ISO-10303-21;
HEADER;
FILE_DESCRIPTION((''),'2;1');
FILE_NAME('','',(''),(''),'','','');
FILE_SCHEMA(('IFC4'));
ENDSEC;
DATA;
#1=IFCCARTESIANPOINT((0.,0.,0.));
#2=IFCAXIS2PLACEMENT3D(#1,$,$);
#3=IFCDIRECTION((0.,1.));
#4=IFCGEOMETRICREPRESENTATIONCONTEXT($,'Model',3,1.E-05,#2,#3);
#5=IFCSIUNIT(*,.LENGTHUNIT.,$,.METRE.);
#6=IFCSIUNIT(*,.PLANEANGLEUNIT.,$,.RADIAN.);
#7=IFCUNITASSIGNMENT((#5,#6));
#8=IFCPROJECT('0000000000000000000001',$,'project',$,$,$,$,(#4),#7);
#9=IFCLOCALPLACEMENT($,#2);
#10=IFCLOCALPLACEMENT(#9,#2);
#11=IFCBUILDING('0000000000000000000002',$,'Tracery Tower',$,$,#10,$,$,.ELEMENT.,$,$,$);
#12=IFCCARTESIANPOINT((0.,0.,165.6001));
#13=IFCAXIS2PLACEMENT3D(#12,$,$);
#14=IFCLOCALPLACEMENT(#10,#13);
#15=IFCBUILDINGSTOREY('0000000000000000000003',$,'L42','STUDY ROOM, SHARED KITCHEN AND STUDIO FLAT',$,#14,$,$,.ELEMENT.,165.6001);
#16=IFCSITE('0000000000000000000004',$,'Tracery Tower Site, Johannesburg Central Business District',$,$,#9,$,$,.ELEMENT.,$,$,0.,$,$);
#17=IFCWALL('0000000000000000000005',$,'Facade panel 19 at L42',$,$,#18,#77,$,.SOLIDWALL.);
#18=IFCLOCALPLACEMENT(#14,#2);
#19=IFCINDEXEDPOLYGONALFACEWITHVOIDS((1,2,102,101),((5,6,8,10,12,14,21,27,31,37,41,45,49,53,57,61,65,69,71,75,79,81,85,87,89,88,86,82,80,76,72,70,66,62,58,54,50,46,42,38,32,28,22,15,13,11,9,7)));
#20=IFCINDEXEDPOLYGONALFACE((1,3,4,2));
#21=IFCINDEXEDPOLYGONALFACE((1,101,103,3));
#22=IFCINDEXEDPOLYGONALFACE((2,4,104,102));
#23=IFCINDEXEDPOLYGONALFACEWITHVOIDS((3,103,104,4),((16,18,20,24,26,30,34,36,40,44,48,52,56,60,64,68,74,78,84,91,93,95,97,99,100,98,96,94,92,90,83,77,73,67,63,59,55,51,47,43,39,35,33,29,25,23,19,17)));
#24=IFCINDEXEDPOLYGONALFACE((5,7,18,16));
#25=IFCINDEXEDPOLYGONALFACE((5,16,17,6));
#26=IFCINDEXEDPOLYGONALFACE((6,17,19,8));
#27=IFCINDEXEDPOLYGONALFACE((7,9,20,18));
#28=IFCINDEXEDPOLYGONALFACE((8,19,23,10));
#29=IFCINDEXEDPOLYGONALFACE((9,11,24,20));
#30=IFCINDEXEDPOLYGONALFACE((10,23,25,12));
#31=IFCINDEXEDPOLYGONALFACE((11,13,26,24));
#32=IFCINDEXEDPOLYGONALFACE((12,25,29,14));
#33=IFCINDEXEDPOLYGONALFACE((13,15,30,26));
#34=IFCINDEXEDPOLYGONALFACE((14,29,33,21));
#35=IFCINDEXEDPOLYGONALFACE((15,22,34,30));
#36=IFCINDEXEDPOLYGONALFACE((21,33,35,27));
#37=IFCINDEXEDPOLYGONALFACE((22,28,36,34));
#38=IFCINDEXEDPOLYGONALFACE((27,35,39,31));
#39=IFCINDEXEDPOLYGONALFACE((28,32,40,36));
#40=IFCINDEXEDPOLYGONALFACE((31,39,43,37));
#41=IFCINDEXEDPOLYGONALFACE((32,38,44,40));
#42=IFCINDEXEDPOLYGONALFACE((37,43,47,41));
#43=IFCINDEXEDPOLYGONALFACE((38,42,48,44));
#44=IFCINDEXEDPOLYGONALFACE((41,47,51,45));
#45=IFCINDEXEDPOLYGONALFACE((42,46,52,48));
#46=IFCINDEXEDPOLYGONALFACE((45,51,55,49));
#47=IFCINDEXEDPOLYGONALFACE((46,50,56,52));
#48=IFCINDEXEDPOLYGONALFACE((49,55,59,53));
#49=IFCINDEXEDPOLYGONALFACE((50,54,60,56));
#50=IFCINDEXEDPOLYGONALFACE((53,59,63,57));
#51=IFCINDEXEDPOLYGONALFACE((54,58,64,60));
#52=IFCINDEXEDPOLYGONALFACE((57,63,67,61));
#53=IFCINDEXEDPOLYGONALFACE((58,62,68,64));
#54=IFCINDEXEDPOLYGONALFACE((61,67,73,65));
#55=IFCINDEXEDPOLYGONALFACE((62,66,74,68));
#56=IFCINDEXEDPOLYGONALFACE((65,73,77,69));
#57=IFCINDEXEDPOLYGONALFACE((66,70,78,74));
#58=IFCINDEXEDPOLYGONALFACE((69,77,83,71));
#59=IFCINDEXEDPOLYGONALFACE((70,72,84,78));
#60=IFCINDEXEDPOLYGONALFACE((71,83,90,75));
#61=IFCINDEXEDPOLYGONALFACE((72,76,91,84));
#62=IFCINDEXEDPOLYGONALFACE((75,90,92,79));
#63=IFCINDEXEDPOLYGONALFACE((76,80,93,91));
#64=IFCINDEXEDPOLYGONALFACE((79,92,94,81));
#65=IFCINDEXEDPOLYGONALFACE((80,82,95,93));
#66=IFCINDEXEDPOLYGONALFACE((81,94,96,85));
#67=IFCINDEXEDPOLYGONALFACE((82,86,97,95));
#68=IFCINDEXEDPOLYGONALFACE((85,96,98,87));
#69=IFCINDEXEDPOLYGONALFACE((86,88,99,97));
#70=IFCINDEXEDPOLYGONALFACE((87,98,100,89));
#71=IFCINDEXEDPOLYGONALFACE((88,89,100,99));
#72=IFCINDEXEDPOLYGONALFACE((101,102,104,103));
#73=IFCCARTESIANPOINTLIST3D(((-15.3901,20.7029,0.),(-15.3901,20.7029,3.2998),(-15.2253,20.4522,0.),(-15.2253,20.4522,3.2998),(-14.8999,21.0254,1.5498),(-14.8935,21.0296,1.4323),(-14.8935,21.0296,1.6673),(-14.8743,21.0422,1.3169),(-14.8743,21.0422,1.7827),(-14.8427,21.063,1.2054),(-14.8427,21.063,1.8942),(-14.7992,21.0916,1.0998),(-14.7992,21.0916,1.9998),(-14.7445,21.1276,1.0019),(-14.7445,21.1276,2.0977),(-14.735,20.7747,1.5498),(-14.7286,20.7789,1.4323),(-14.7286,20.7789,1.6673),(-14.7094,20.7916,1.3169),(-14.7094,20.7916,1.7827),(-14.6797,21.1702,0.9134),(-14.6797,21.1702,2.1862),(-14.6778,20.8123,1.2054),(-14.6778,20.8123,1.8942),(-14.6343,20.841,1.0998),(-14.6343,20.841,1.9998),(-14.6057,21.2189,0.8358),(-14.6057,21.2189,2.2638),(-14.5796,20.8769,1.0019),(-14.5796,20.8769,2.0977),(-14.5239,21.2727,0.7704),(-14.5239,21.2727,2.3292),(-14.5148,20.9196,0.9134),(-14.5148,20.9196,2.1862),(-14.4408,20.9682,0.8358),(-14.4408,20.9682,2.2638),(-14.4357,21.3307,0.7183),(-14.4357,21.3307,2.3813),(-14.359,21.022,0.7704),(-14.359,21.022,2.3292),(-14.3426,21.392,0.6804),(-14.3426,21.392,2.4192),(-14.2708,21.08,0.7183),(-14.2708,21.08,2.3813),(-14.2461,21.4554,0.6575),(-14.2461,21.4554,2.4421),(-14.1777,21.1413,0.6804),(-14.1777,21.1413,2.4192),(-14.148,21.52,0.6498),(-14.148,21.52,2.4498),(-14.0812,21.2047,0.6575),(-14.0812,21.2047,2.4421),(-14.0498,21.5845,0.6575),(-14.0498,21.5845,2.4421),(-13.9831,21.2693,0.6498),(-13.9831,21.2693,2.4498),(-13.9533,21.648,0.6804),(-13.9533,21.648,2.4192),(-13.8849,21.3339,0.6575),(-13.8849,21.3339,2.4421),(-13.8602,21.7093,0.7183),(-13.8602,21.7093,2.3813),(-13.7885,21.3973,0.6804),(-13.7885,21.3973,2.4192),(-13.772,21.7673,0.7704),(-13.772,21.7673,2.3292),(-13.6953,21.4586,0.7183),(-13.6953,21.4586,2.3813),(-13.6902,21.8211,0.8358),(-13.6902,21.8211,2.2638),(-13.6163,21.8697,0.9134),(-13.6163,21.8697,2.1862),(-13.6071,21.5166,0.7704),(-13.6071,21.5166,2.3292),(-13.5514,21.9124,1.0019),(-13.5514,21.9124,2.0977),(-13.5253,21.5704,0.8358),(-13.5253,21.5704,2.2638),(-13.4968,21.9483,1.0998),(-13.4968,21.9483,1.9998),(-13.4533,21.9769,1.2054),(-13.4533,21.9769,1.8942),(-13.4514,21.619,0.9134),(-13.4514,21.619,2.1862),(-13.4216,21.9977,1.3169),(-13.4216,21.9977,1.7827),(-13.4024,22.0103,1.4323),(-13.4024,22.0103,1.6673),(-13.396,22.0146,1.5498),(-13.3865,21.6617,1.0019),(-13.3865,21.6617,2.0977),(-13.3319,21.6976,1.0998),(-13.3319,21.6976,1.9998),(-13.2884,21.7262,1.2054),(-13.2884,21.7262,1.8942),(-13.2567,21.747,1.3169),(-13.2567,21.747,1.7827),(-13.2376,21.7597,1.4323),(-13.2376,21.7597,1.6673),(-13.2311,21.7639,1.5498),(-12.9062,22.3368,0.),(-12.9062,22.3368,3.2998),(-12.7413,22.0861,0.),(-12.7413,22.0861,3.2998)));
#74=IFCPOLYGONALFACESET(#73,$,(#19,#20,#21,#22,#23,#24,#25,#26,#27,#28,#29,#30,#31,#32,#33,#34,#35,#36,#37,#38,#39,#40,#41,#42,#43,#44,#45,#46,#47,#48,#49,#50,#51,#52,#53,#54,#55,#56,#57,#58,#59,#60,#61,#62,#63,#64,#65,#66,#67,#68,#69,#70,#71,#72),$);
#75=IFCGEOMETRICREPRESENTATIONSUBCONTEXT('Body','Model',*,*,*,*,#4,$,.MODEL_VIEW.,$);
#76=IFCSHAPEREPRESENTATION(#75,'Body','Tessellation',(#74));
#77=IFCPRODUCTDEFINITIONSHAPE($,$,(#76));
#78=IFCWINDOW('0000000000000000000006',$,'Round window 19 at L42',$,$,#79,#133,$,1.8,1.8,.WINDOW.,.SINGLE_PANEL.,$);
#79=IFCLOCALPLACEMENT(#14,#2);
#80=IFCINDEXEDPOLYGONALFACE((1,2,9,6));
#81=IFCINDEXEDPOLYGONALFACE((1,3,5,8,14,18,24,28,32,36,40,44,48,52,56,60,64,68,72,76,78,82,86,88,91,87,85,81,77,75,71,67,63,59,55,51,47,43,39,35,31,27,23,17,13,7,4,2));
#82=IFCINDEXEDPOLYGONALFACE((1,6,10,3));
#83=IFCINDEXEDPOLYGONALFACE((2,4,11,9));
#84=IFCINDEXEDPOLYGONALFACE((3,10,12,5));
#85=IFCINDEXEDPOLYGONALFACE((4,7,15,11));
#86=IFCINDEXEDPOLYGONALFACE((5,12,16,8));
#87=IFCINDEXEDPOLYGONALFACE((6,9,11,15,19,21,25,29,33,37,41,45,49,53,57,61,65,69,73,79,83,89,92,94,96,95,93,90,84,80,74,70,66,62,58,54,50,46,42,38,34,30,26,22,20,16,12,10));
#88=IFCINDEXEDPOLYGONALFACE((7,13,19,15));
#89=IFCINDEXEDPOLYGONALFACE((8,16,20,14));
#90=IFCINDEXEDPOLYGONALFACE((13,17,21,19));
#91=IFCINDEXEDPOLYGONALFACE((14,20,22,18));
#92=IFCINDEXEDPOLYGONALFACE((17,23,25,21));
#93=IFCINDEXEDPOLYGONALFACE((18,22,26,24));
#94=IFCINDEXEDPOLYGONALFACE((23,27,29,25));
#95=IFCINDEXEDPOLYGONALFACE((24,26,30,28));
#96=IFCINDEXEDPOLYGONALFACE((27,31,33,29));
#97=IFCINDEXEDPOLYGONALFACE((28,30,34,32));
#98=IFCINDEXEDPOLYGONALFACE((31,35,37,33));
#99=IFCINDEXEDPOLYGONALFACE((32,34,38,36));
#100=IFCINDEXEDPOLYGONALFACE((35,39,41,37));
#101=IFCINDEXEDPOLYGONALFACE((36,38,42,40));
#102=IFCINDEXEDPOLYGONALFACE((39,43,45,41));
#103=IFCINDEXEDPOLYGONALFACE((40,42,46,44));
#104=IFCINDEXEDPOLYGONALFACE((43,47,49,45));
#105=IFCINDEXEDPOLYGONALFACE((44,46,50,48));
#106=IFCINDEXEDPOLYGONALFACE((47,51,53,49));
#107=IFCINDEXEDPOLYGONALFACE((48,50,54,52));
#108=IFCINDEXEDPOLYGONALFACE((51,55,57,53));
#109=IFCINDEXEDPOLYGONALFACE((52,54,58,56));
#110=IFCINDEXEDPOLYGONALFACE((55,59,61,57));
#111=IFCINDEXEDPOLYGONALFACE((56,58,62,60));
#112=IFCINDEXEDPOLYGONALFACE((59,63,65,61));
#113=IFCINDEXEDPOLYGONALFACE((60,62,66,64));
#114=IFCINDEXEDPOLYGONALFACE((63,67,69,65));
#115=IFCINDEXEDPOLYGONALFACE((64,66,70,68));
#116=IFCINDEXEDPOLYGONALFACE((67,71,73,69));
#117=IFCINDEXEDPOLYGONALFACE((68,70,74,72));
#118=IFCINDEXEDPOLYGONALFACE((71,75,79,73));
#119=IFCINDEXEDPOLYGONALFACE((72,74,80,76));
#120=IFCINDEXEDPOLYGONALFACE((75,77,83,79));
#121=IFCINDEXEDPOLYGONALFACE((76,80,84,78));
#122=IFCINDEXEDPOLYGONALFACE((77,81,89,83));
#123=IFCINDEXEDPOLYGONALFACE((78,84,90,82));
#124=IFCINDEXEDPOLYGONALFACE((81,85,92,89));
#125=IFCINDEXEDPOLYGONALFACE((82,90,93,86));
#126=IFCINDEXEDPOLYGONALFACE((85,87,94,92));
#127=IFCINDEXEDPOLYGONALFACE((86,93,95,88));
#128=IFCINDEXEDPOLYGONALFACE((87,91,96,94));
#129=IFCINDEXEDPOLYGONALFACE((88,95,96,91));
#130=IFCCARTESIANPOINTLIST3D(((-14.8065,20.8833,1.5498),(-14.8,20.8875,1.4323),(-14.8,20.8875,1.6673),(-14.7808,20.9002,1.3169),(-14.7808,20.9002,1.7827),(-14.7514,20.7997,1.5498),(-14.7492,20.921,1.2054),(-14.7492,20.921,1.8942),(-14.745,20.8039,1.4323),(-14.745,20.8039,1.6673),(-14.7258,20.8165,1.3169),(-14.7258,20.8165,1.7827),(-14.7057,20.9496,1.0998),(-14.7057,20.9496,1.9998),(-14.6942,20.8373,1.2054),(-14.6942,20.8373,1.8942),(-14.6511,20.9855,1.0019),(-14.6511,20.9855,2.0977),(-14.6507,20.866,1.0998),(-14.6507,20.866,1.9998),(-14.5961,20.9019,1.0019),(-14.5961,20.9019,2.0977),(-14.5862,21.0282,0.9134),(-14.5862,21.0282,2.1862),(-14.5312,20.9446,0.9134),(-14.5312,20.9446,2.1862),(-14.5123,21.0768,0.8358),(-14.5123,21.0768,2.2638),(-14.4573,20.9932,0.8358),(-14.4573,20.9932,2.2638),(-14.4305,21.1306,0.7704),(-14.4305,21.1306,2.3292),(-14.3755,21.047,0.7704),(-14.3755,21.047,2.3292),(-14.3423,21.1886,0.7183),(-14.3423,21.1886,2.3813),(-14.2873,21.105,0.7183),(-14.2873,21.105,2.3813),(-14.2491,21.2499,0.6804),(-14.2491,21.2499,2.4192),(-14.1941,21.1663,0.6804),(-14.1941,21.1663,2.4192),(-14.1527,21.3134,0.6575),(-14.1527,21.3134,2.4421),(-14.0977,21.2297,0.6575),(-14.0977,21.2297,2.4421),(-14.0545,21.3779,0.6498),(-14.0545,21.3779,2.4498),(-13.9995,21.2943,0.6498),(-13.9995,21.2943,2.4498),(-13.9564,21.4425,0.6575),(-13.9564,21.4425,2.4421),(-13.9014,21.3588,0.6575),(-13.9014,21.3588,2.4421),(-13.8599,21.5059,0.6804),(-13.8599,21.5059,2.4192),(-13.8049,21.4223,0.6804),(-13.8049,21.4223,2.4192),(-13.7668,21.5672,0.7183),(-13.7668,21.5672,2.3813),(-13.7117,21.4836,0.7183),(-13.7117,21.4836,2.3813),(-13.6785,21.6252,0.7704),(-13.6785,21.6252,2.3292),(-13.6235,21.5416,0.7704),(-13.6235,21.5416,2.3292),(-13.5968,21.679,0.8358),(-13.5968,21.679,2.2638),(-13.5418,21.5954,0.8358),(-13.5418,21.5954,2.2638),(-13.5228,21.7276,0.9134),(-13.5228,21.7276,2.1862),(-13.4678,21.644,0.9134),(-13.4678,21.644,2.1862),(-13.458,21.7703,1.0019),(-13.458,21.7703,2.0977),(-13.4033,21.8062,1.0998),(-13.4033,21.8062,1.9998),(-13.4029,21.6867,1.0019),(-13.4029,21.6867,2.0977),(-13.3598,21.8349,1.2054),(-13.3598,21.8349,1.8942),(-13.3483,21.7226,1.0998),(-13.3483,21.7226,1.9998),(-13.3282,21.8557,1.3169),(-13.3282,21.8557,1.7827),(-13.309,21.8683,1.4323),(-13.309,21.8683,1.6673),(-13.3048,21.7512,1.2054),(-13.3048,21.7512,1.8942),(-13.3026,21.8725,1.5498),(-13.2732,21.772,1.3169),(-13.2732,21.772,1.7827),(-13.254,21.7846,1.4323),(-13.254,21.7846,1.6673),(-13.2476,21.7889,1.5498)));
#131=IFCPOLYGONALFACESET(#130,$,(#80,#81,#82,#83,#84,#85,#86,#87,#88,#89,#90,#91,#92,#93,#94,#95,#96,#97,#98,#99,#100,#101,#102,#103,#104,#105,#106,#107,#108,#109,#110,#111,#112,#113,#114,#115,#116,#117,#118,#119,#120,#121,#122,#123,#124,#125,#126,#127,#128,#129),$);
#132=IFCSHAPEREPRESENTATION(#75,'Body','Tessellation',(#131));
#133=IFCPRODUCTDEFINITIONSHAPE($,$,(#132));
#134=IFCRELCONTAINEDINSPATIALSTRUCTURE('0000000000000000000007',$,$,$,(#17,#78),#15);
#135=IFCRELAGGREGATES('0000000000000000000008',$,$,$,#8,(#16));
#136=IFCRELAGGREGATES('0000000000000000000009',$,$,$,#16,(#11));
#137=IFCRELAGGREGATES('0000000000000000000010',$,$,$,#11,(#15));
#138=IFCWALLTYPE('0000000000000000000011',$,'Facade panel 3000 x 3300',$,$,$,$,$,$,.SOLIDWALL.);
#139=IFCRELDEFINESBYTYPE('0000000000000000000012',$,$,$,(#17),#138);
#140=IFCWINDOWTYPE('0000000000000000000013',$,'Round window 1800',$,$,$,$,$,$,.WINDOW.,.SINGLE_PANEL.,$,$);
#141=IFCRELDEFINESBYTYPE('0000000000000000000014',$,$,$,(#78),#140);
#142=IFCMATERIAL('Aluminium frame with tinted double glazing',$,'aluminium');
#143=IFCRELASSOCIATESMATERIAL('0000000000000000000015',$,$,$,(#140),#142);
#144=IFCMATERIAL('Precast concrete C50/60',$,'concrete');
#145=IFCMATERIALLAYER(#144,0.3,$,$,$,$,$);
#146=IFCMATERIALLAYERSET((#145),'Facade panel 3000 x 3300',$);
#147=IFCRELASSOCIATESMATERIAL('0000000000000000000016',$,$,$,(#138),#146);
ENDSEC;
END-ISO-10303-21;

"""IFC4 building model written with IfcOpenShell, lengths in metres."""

from ifc_helpers import new_model, si_unit, direction, frame, frame_2d, origin, origin_2d, place, context, subcontext, project, spatial, rectangle, circle, extrude, material, layer, layer_set, type_object, element, fill, save


model = new_model("IFC4")

# Units and contexts
model_context = context("Model", 3, precision=1e-05, world=origin(), true_north=direction((0.0, 1.0)))
body_context = subcontext(model_context, "Body", "Model", "MODEL_VIEW")
ifc_project = project(units=[si_unit("LENGTHUNIT", "METRE"), si_unit("PLANEANGLEUNIT", "RADIAN")], contexts=[model_context])

# Site, building, storey
site_placement = place(None, origin())
site = spatial("IfcSite", under=ifc_project, at=site_placement, Name="Tracery Tower Site, Johannesburg Central Business District", CompositionType="ELEMENT", RefElevation=0.0)
building_placement = place(site_placement, origin())
building = spatial("IfcBuilding", under=site, at=building_placement, Name="Tracery Tower", CompositionType="ELEMENT")
storey_placement = place(building_placement, frame((0.0, 0.0, 165.6001)))
storey = spatial("IfcBuildingStorey", under=building, at=storey_placement, Name="L42", Description="STUDY ROOM, SHARED KITCHEN AND STUDIO FLAT", CompositionType="ELEMENT", Elevation=165.6001)

# Wall, opening, window
ifc_material_1 = material(Name="Aluminium frame with tinted double glazing", Category="aluminium")
window_type = type_object("IfcWindowType", Name="Round window 1800", PartitioningType="SINGLE_PANEL", PredefinedType="WINDOW", material=ifc_material_1)
ifc_material_2 = material(Name="Precast concrete C50/60", Category="concrete")
ifc_layer_1 = layer(ifc_material_2, 0.3)
ifc_layer_set_1 = layer_set([ifc_layer_1], Name="Facade panel 3000 x 3300")
wall_type_1 = type_object("IfcWallType", Name="Facade panel 3000 x 3300", PredefinedType="SOLIDWALL", material=ifc_layer_set_1)
wall_1_placement = place(storey_placement, frame((-12.8237, 22.2114, 0.0), z_axis=(0.0, 0.0, 1.0), x_axis=(-0.835471, -0.549535, 0.0)))
wall_1 = element("IfcWall", 1, at=wall_1_placement, inside=storey, type_object=wall_type_1, Name="Facade panel 19 at L42", PredefinedType="SOLIDWALL", context=body_context, shape_type="SweptSolid", body=[
    extrude(rectangle(XDim=2.9731, YDim=0.3, at=frame_2d((1.4866, 0.0))), origin(), (0.0, 0.0, 1.0), 3.2998),
])
opening_1_placement = place(wall_1_placement, frame((1.4863, 0.0, 1.5498)))
opening_1 = element("IfcOpeningElement", 2, at=opening_1_placement, cuts=wall_1, PredefinedType="OPENING", context=body_context, shape_type="SweptSolid", body=[
    extrude(circle(Radius=0.9, at=origin_2d()), frame((0.0, 0.1599, 0.0), z_axis=(0.0, -1.0, 0.0), x_axis=(1.0, 0.0, 0.0)), (0.0, 0.0, 1.0), 0.3201),
])
window_1_placement = place(opening_1_placement, origin())
window_1 = element("IfcWindow", 3, at=window_1_placement, inside=storey, type_object=window_type, Name="Round window 19 at L42", OverallHeight=1.8, OverallWidth=1.8, PartitioningType="SINGLE_PANEL", PredefinedType="WINDOW", context=body_context, shape_type="SweptSolid", body=[
    extrude(circle(Radius=0.9, at=origin_2d()), frame((0.0, 0.1201, 0.0), z_axis=(0.0, -1.0, 0.0), x_axis=(1.0, 0.0, 0.0)), (0.0, 0.0, 1.0), 0.1001),
])
fill(opening_1, window_1)

save(model, "model.ifc")
